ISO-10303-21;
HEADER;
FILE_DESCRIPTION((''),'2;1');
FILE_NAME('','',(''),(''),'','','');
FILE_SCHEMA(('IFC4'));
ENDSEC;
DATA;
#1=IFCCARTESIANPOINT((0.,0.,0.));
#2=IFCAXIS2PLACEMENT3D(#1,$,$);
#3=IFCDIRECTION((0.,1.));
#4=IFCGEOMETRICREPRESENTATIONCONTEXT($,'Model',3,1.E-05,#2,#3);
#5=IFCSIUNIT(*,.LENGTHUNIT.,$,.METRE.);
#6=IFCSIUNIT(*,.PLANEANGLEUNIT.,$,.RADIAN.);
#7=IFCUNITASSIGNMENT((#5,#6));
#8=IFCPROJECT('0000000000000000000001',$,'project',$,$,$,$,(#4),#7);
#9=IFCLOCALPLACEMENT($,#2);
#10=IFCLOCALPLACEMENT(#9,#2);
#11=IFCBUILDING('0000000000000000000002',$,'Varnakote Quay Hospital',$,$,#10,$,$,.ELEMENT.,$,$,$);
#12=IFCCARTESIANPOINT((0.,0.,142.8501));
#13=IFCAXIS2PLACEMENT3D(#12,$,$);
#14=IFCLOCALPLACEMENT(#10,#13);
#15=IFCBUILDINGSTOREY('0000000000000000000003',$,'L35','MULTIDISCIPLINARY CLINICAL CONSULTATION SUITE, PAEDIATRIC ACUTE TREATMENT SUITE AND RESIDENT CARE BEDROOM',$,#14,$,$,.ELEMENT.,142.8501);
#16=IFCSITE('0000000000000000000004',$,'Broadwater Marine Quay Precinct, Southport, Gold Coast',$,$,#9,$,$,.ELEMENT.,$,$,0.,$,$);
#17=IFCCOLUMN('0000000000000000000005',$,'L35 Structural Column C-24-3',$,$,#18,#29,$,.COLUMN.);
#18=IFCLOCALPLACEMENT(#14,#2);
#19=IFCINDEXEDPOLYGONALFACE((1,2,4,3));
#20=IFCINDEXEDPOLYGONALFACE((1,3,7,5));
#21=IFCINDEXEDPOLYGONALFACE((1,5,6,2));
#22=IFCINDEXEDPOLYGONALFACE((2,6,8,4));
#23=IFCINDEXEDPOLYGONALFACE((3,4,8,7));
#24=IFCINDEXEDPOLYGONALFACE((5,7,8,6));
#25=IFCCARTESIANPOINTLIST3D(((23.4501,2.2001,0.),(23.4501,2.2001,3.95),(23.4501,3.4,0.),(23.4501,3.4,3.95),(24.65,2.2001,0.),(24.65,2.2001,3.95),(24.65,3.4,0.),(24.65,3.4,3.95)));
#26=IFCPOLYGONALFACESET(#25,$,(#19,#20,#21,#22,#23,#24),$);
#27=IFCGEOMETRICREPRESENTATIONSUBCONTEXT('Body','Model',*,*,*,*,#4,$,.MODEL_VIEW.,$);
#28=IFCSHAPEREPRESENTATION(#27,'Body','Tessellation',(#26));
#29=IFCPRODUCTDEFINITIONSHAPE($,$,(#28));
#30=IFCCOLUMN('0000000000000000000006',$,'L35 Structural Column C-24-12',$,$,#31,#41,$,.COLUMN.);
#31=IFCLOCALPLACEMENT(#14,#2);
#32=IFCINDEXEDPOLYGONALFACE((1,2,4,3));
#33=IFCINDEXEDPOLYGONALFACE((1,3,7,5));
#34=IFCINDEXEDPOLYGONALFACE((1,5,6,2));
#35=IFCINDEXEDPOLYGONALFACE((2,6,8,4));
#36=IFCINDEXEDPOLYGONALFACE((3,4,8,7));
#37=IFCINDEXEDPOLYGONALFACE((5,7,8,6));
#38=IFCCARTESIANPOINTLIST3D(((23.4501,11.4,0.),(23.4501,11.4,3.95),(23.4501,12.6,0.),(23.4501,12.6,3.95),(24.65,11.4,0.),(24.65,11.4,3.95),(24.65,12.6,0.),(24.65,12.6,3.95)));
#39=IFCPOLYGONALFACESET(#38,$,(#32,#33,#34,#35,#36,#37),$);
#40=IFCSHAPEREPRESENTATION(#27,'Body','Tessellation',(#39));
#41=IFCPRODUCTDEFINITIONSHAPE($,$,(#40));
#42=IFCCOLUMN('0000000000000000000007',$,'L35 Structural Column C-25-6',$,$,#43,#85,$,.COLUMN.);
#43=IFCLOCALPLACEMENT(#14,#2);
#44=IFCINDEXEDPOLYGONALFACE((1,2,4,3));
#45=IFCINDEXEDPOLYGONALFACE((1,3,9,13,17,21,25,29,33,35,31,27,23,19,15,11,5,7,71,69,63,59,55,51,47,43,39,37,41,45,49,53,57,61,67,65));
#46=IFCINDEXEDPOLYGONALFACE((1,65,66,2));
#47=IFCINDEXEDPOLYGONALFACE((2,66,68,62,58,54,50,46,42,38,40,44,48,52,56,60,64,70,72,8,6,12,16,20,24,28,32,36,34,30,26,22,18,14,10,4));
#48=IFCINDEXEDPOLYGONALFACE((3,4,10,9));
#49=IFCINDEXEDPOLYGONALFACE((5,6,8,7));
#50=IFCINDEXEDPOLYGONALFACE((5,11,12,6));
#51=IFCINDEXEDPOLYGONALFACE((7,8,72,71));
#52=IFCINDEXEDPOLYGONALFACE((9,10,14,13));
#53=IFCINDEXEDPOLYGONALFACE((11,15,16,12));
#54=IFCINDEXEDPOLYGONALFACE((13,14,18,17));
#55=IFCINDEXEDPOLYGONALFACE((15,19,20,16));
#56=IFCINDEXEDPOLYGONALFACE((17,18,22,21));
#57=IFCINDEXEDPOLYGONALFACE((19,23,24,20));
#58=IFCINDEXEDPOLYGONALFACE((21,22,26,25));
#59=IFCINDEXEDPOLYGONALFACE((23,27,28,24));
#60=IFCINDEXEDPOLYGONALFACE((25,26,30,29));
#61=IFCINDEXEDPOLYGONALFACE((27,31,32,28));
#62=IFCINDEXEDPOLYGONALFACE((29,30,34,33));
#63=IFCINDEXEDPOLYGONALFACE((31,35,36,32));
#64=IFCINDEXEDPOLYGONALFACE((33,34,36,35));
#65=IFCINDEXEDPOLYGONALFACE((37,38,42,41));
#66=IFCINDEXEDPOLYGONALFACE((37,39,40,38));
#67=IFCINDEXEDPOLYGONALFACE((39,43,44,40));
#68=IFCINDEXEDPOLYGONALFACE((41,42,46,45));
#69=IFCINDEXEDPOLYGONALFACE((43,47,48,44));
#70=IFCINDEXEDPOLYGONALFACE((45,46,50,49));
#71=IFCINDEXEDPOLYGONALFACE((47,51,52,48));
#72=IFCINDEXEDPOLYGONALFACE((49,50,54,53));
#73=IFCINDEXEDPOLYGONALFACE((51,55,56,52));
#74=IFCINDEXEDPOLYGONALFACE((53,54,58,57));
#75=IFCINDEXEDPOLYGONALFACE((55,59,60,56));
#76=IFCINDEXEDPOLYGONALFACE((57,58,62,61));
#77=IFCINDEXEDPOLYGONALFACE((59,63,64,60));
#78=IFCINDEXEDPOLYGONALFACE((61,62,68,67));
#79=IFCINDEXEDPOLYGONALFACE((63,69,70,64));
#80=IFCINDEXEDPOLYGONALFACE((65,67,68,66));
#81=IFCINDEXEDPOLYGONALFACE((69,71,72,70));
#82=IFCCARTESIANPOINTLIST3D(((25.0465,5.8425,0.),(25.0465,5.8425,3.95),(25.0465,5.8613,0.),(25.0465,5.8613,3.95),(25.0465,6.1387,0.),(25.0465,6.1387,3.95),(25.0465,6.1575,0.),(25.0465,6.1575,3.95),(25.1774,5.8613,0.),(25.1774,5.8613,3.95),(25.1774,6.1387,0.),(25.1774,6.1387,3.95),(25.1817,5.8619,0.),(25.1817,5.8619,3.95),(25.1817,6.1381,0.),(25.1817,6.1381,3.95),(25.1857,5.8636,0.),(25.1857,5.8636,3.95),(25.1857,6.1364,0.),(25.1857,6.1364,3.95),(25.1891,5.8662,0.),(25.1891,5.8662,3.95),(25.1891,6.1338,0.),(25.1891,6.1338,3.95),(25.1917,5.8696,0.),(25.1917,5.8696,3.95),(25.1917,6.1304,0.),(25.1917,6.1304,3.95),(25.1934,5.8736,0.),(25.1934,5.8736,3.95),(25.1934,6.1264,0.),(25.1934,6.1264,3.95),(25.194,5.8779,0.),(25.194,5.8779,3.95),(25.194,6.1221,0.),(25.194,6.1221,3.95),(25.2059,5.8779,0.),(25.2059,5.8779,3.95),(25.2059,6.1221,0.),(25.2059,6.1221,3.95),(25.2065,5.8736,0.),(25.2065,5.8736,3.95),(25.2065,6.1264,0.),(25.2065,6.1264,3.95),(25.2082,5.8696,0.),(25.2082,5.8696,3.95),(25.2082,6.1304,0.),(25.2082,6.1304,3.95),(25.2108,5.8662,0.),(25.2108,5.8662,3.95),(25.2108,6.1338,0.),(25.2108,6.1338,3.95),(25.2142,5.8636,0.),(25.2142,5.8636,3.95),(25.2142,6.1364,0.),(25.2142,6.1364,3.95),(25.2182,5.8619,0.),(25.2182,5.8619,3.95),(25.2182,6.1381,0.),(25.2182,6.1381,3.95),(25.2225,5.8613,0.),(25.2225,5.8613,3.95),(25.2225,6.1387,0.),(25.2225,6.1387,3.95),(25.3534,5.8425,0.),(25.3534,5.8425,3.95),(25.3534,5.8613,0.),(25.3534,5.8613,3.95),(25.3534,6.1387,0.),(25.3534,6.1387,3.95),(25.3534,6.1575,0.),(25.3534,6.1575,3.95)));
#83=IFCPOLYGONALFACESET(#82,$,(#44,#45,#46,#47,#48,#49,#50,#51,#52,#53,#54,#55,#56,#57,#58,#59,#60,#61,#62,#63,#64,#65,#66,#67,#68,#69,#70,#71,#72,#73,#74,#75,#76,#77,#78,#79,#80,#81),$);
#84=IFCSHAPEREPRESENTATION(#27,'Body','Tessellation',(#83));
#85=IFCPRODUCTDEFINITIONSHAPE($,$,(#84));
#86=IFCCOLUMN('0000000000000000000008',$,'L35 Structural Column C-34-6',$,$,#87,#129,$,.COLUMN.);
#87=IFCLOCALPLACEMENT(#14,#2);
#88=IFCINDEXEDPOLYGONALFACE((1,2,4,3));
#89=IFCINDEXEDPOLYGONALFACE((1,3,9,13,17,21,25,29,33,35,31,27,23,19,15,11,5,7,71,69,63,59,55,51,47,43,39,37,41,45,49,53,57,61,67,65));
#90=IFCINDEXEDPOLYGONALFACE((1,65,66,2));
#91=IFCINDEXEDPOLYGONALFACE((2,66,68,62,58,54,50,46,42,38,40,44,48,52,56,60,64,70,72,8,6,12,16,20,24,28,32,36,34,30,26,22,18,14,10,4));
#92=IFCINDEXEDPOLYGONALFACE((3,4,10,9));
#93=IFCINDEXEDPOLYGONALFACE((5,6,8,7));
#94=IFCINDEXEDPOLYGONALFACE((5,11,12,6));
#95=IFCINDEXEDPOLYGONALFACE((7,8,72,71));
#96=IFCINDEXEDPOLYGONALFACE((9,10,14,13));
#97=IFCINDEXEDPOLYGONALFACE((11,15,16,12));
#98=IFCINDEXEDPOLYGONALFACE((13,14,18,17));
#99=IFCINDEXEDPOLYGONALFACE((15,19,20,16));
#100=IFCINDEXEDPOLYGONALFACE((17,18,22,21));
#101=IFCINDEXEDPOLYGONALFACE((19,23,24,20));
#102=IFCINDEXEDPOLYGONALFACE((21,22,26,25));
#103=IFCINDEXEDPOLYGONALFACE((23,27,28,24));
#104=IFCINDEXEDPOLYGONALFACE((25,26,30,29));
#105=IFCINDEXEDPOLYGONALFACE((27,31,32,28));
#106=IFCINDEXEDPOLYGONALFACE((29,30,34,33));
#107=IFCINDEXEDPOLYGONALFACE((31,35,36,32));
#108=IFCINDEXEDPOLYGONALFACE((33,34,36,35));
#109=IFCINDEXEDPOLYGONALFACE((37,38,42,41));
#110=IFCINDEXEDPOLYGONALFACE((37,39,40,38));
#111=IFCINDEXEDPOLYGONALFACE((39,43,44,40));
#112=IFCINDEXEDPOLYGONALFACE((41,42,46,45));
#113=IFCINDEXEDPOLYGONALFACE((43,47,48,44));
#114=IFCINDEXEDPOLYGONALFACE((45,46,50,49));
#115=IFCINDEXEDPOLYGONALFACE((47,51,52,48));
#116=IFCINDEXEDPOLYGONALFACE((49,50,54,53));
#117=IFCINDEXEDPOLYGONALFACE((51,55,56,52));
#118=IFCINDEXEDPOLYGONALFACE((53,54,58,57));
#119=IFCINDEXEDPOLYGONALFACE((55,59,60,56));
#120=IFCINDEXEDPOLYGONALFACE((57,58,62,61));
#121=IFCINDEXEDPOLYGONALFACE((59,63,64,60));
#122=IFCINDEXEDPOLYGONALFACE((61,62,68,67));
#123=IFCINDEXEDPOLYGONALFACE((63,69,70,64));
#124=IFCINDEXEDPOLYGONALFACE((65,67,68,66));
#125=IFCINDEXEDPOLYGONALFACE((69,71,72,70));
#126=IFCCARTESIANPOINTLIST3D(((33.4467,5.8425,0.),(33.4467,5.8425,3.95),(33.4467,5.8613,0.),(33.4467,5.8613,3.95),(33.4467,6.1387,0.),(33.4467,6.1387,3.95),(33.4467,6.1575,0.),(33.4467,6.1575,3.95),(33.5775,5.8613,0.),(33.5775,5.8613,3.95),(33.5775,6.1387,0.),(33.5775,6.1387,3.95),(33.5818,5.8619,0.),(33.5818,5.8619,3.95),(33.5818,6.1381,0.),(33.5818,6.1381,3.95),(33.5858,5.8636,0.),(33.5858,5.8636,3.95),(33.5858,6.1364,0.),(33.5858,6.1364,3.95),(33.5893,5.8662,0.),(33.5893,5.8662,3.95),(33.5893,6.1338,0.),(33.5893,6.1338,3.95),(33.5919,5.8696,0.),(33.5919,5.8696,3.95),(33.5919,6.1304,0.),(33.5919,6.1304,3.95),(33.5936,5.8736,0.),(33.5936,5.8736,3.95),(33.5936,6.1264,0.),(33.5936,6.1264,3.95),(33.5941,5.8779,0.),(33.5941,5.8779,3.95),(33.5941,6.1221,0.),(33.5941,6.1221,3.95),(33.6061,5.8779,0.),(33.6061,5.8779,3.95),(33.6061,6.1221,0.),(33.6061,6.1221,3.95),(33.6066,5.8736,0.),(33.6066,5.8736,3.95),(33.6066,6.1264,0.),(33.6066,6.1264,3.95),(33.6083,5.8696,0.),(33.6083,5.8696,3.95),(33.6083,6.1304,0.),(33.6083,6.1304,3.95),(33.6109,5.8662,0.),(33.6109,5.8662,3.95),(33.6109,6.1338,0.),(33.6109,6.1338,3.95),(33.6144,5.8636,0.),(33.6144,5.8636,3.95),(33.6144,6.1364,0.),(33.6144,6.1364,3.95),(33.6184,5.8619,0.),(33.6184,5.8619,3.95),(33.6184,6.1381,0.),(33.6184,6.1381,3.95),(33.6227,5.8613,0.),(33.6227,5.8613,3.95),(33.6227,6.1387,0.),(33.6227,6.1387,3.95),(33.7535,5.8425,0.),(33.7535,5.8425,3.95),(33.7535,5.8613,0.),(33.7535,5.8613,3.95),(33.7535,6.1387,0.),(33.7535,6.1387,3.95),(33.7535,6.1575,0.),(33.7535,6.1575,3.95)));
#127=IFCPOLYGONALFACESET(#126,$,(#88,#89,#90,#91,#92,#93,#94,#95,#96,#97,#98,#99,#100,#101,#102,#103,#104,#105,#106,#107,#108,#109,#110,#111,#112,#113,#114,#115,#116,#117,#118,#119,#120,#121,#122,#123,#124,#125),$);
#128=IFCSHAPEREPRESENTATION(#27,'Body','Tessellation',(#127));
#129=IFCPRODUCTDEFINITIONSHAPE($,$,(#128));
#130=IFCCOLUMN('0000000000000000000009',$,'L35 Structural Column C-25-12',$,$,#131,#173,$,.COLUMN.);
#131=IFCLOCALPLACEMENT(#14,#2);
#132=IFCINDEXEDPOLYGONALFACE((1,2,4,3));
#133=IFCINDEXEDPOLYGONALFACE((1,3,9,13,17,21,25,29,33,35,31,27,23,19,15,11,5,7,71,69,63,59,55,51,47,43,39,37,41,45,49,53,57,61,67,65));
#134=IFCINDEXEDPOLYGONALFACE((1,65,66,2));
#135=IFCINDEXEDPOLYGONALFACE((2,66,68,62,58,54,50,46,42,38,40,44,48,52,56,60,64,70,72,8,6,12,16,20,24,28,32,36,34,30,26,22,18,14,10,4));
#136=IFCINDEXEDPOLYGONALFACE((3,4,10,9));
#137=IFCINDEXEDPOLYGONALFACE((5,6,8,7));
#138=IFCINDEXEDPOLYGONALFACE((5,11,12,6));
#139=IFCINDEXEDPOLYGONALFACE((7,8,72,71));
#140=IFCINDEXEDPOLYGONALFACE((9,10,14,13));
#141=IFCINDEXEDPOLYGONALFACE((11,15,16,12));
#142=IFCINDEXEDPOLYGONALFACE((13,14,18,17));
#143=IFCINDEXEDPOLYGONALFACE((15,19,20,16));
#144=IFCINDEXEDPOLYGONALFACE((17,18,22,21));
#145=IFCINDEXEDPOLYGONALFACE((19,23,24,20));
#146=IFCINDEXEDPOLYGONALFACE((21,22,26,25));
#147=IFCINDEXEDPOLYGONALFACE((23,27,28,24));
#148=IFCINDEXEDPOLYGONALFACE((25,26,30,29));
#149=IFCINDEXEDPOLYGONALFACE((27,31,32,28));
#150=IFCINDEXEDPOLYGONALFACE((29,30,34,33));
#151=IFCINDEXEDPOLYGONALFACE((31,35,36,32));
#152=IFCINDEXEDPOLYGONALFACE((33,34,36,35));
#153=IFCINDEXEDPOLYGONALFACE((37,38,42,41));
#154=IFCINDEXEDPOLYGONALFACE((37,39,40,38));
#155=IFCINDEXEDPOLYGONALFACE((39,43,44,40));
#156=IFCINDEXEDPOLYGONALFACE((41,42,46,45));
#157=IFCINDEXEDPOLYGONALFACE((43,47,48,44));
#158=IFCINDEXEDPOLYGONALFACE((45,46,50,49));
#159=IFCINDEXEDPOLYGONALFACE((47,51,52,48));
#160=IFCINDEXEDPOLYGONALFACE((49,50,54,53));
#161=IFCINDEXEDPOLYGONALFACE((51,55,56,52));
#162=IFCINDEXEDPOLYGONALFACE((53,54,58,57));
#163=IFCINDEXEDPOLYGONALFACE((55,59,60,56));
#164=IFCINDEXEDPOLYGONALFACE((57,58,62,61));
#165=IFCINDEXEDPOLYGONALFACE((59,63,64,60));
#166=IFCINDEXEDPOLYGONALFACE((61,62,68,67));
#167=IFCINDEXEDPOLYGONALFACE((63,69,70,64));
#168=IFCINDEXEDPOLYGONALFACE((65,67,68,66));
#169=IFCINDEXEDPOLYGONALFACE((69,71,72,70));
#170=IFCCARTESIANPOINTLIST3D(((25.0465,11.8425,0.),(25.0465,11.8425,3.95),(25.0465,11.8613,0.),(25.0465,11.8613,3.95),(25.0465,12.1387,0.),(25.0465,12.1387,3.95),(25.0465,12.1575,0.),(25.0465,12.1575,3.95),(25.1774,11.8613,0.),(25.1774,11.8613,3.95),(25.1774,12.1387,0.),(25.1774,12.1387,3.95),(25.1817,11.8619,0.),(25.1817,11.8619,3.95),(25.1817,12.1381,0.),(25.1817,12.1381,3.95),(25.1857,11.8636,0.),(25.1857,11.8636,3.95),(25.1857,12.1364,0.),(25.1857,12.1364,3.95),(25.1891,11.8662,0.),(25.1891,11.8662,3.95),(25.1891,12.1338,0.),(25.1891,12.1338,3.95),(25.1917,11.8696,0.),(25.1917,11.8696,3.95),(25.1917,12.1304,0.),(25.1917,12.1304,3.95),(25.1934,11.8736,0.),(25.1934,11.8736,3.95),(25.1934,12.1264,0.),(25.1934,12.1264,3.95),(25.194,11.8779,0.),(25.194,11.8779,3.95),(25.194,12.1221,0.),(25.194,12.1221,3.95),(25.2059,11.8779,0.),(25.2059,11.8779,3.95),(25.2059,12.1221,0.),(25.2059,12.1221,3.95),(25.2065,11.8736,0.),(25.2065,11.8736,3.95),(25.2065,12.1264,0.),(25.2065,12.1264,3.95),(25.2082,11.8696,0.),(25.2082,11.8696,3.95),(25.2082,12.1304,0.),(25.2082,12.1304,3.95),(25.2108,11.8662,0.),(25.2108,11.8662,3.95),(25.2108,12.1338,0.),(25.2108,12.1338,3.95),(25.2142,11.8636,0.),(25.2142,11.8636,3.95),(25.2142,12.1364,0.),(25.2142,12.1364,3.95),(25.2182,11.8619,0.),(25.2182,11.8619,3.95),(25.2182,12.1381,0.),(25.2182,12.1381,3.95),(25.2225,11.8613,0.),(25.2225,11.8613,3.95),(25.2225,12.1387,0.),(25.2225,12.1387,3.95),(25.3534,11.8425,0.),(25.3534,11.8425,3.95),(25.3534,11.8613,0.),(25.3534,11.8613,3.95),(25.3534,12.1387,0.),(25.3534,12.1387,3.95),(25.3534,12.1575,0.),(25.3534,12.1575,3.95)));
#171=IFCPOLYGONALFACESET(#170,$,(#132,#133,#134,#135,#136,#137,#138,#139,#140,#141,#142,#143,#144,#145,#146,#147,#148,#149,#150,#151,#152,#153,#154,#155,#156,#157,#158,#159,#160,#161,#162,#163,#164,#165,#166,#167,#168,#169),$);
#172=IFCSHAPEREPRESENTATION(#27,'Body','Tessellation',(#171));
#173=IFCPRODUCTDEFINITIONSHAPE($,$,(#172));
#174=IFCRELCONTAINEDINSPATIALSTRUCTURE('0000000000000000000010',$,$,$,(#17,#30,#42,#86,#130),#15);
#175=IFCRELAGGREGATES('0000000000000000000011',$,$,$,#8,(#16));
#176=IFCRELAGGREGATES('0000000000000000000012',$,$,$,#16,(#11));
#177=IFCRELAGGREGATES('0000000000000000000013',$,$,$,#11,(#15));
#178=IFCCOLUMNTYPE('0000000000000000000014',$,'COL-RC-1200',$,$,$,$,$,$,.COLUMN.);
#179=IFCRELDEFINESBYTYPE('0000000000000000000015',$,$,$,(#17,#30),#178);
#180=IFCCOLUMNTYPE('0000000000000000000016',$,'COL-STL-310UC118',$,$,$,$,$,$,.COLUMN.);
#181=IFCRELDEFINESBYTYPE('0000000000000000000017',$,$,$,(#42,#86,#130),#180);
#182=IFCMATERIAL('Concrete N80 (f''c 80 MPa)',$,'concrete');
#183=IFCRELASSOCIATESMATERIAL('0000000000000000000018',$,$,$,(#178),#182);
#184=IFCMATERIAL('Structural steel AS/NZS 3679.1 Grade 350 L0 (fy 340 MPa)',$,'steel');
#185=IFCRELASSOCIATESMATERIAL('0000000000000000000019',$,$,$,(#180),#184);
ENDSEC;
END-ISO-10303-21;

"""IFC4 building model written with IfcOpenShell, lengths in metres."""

from ifc_helpers import new_model, si_unit, direction, frame, origin, origin_2d, place, context, subcontext, project, spatial, rectangle, i_section, extrude, material, material_profile, profile_set, type_object, element, save


model = new_model("IFC4")

# Units and contexts
model_context = context("Model", 3, precision=1e-05, world=origin(), true_north=direction((0.0, 1.0)))
body_context = subcontext(model_context, "Body", "Model", "MODEL_VIEW")
ifc_project = project(units=[si_unit("LENGTHUNIT", "METRE"), si_unit("PLANEANGLEUNIT", "RADIAN")], contexts=[model_context])

# Site, building, storey
site_placement = place(None, origin())
site = spatial("IfcSite", under=ifc_project, at=site_placement, Name="Broadwater Marine Quay Precinct, Southport, Gold Coast", CompositionType="ELEMENT", RefElevation=0.0)
building_placement = place(site_placement, origin())
building = spatial("IfcBuilding", under=site, at=building_placement, Name="Varnakote Quay Hospital", CompositionType="ELEMENT")
storey_placement = place(building_placement, frame((0.0, 0.0, 142.8501)))
storey = spatial("IfcBuildingStorey", under=building, at=storey_placement, Name="L35", Description="MULTIDISCIPLINARY CLINICAL CONSULTATION SUITE, PAEDIATRIC ACUTE TREATMENT SUITE AND RESIDENT CARE BEDROOM", CompositionType="ELEMENT", Elevation=142.8501)

# Columns
ifc_material_1 = material(Name="Concrete N80 (f'c 80 MPa)", Category="concrete")
ifc_material_profile_1 = material_profile(ifc_material_1, rectangle(XDim=1.2, YDim=1.2, at=origin_2d()), Name="RC-COL-1200x1200")
ifc_profile_set_1 = profile_set([ifc_material_profile_1], Name="Concrete N80 (f'c 80 MPa)")
column_type_1 = type_object("IfcColumnType", Name="COL-RC-1200", PredefinedType="COLUMN", material=ifc_profile_set_1)
for number, where, z_axis, x_axis, name in (
    (1, (24.05, 2.8, 0.0), (0.0, 0.0, 1.0), (1.0, 0.0, 0.0), "L35 Structural Column C-24-3"),
    (2, (24.05, 12.0, 0.0), (0.0, 0.0, 1.0), (1.0, 0.0, 0.0), "L35 Structural Column C-24-12"),
):
    element("IfcColumn", number, at=place(storey_placement, frame(where, z_axis=z_axis, x_axis=x_axis)), inside=storey, type_object=column_type_1, Name=name, PredefinedType="COLUMN", context=body_context, shape_type="SweptSolid", body=[
        extrude(rectangle(XDim=1.2, YDim=1.2, at=origin_2d()), origin(), (0.0, 0.0, 1.0), 3.95),
    ])
ifc_material_2 = material(Name="Structural steel AS/NZS 3679.1 Grade 350 L0 (fy 340 MPa)", Category="steel")
ifc_material_profile_2 = material_profile(ifc_material_2, i_section(OverallWidth=0.3069, OverallDepth=0.3149, WebThickness=0.012, FlangeThickness=0.0188, FilletRadius=0.0166, at=origin_2d()), Name="310UC118")
ifc_profile_set_2 = profile_set([ifc_material_profile_2], Name="Structural steel AS/NZS 3679.1 Grade 350 L0 (fy 340 MPa)")
column_type_2 = type_object("IfcColumnType", Name="COL-STL-310UC118", PredefinedType="COLUMN", material=ifc_profile_set_2)
for number, where, z_axis, x_axis, name in (
    (3, (25.2, 6.0, 0.0), (0.0, 0.0, 1.0), (1.0, 0.0, 0.0), "L35 Structural Column C-25-6"),
    (4, (33.6001, 6.0, 0.0), (0.0, 0.0, 1.0), (1.0, 0.0, 0.0), "L35 Structural Column C-34-6"),
    (5, (25.2, 12.0, 0.0), (0.0, 0.0, 1.0), (1.0, 0.0, 0.0), "L35 Structural Column C-25-12"),
):
    element("IfcColumn", number, at=place(storey_placement, frame(where, z_axis=z_axis, x_axis=x_axis)), inside=storey, type_object=column_type_2, Name=name, PredefinedType="COLUMN", context=body_context, shape_type="SweptSolid", body=[
        extrude(i_section(OverallWidth=0.3069, OverallDepth=0.3149, WebThickness=0.012, FlangeThickness=0.0188, FilletRadius=0.0166, at=origin_2d()), origin(), (0.0, 0.0, 1.0), 3.95),
    ])

save(model, "model.ifc")
